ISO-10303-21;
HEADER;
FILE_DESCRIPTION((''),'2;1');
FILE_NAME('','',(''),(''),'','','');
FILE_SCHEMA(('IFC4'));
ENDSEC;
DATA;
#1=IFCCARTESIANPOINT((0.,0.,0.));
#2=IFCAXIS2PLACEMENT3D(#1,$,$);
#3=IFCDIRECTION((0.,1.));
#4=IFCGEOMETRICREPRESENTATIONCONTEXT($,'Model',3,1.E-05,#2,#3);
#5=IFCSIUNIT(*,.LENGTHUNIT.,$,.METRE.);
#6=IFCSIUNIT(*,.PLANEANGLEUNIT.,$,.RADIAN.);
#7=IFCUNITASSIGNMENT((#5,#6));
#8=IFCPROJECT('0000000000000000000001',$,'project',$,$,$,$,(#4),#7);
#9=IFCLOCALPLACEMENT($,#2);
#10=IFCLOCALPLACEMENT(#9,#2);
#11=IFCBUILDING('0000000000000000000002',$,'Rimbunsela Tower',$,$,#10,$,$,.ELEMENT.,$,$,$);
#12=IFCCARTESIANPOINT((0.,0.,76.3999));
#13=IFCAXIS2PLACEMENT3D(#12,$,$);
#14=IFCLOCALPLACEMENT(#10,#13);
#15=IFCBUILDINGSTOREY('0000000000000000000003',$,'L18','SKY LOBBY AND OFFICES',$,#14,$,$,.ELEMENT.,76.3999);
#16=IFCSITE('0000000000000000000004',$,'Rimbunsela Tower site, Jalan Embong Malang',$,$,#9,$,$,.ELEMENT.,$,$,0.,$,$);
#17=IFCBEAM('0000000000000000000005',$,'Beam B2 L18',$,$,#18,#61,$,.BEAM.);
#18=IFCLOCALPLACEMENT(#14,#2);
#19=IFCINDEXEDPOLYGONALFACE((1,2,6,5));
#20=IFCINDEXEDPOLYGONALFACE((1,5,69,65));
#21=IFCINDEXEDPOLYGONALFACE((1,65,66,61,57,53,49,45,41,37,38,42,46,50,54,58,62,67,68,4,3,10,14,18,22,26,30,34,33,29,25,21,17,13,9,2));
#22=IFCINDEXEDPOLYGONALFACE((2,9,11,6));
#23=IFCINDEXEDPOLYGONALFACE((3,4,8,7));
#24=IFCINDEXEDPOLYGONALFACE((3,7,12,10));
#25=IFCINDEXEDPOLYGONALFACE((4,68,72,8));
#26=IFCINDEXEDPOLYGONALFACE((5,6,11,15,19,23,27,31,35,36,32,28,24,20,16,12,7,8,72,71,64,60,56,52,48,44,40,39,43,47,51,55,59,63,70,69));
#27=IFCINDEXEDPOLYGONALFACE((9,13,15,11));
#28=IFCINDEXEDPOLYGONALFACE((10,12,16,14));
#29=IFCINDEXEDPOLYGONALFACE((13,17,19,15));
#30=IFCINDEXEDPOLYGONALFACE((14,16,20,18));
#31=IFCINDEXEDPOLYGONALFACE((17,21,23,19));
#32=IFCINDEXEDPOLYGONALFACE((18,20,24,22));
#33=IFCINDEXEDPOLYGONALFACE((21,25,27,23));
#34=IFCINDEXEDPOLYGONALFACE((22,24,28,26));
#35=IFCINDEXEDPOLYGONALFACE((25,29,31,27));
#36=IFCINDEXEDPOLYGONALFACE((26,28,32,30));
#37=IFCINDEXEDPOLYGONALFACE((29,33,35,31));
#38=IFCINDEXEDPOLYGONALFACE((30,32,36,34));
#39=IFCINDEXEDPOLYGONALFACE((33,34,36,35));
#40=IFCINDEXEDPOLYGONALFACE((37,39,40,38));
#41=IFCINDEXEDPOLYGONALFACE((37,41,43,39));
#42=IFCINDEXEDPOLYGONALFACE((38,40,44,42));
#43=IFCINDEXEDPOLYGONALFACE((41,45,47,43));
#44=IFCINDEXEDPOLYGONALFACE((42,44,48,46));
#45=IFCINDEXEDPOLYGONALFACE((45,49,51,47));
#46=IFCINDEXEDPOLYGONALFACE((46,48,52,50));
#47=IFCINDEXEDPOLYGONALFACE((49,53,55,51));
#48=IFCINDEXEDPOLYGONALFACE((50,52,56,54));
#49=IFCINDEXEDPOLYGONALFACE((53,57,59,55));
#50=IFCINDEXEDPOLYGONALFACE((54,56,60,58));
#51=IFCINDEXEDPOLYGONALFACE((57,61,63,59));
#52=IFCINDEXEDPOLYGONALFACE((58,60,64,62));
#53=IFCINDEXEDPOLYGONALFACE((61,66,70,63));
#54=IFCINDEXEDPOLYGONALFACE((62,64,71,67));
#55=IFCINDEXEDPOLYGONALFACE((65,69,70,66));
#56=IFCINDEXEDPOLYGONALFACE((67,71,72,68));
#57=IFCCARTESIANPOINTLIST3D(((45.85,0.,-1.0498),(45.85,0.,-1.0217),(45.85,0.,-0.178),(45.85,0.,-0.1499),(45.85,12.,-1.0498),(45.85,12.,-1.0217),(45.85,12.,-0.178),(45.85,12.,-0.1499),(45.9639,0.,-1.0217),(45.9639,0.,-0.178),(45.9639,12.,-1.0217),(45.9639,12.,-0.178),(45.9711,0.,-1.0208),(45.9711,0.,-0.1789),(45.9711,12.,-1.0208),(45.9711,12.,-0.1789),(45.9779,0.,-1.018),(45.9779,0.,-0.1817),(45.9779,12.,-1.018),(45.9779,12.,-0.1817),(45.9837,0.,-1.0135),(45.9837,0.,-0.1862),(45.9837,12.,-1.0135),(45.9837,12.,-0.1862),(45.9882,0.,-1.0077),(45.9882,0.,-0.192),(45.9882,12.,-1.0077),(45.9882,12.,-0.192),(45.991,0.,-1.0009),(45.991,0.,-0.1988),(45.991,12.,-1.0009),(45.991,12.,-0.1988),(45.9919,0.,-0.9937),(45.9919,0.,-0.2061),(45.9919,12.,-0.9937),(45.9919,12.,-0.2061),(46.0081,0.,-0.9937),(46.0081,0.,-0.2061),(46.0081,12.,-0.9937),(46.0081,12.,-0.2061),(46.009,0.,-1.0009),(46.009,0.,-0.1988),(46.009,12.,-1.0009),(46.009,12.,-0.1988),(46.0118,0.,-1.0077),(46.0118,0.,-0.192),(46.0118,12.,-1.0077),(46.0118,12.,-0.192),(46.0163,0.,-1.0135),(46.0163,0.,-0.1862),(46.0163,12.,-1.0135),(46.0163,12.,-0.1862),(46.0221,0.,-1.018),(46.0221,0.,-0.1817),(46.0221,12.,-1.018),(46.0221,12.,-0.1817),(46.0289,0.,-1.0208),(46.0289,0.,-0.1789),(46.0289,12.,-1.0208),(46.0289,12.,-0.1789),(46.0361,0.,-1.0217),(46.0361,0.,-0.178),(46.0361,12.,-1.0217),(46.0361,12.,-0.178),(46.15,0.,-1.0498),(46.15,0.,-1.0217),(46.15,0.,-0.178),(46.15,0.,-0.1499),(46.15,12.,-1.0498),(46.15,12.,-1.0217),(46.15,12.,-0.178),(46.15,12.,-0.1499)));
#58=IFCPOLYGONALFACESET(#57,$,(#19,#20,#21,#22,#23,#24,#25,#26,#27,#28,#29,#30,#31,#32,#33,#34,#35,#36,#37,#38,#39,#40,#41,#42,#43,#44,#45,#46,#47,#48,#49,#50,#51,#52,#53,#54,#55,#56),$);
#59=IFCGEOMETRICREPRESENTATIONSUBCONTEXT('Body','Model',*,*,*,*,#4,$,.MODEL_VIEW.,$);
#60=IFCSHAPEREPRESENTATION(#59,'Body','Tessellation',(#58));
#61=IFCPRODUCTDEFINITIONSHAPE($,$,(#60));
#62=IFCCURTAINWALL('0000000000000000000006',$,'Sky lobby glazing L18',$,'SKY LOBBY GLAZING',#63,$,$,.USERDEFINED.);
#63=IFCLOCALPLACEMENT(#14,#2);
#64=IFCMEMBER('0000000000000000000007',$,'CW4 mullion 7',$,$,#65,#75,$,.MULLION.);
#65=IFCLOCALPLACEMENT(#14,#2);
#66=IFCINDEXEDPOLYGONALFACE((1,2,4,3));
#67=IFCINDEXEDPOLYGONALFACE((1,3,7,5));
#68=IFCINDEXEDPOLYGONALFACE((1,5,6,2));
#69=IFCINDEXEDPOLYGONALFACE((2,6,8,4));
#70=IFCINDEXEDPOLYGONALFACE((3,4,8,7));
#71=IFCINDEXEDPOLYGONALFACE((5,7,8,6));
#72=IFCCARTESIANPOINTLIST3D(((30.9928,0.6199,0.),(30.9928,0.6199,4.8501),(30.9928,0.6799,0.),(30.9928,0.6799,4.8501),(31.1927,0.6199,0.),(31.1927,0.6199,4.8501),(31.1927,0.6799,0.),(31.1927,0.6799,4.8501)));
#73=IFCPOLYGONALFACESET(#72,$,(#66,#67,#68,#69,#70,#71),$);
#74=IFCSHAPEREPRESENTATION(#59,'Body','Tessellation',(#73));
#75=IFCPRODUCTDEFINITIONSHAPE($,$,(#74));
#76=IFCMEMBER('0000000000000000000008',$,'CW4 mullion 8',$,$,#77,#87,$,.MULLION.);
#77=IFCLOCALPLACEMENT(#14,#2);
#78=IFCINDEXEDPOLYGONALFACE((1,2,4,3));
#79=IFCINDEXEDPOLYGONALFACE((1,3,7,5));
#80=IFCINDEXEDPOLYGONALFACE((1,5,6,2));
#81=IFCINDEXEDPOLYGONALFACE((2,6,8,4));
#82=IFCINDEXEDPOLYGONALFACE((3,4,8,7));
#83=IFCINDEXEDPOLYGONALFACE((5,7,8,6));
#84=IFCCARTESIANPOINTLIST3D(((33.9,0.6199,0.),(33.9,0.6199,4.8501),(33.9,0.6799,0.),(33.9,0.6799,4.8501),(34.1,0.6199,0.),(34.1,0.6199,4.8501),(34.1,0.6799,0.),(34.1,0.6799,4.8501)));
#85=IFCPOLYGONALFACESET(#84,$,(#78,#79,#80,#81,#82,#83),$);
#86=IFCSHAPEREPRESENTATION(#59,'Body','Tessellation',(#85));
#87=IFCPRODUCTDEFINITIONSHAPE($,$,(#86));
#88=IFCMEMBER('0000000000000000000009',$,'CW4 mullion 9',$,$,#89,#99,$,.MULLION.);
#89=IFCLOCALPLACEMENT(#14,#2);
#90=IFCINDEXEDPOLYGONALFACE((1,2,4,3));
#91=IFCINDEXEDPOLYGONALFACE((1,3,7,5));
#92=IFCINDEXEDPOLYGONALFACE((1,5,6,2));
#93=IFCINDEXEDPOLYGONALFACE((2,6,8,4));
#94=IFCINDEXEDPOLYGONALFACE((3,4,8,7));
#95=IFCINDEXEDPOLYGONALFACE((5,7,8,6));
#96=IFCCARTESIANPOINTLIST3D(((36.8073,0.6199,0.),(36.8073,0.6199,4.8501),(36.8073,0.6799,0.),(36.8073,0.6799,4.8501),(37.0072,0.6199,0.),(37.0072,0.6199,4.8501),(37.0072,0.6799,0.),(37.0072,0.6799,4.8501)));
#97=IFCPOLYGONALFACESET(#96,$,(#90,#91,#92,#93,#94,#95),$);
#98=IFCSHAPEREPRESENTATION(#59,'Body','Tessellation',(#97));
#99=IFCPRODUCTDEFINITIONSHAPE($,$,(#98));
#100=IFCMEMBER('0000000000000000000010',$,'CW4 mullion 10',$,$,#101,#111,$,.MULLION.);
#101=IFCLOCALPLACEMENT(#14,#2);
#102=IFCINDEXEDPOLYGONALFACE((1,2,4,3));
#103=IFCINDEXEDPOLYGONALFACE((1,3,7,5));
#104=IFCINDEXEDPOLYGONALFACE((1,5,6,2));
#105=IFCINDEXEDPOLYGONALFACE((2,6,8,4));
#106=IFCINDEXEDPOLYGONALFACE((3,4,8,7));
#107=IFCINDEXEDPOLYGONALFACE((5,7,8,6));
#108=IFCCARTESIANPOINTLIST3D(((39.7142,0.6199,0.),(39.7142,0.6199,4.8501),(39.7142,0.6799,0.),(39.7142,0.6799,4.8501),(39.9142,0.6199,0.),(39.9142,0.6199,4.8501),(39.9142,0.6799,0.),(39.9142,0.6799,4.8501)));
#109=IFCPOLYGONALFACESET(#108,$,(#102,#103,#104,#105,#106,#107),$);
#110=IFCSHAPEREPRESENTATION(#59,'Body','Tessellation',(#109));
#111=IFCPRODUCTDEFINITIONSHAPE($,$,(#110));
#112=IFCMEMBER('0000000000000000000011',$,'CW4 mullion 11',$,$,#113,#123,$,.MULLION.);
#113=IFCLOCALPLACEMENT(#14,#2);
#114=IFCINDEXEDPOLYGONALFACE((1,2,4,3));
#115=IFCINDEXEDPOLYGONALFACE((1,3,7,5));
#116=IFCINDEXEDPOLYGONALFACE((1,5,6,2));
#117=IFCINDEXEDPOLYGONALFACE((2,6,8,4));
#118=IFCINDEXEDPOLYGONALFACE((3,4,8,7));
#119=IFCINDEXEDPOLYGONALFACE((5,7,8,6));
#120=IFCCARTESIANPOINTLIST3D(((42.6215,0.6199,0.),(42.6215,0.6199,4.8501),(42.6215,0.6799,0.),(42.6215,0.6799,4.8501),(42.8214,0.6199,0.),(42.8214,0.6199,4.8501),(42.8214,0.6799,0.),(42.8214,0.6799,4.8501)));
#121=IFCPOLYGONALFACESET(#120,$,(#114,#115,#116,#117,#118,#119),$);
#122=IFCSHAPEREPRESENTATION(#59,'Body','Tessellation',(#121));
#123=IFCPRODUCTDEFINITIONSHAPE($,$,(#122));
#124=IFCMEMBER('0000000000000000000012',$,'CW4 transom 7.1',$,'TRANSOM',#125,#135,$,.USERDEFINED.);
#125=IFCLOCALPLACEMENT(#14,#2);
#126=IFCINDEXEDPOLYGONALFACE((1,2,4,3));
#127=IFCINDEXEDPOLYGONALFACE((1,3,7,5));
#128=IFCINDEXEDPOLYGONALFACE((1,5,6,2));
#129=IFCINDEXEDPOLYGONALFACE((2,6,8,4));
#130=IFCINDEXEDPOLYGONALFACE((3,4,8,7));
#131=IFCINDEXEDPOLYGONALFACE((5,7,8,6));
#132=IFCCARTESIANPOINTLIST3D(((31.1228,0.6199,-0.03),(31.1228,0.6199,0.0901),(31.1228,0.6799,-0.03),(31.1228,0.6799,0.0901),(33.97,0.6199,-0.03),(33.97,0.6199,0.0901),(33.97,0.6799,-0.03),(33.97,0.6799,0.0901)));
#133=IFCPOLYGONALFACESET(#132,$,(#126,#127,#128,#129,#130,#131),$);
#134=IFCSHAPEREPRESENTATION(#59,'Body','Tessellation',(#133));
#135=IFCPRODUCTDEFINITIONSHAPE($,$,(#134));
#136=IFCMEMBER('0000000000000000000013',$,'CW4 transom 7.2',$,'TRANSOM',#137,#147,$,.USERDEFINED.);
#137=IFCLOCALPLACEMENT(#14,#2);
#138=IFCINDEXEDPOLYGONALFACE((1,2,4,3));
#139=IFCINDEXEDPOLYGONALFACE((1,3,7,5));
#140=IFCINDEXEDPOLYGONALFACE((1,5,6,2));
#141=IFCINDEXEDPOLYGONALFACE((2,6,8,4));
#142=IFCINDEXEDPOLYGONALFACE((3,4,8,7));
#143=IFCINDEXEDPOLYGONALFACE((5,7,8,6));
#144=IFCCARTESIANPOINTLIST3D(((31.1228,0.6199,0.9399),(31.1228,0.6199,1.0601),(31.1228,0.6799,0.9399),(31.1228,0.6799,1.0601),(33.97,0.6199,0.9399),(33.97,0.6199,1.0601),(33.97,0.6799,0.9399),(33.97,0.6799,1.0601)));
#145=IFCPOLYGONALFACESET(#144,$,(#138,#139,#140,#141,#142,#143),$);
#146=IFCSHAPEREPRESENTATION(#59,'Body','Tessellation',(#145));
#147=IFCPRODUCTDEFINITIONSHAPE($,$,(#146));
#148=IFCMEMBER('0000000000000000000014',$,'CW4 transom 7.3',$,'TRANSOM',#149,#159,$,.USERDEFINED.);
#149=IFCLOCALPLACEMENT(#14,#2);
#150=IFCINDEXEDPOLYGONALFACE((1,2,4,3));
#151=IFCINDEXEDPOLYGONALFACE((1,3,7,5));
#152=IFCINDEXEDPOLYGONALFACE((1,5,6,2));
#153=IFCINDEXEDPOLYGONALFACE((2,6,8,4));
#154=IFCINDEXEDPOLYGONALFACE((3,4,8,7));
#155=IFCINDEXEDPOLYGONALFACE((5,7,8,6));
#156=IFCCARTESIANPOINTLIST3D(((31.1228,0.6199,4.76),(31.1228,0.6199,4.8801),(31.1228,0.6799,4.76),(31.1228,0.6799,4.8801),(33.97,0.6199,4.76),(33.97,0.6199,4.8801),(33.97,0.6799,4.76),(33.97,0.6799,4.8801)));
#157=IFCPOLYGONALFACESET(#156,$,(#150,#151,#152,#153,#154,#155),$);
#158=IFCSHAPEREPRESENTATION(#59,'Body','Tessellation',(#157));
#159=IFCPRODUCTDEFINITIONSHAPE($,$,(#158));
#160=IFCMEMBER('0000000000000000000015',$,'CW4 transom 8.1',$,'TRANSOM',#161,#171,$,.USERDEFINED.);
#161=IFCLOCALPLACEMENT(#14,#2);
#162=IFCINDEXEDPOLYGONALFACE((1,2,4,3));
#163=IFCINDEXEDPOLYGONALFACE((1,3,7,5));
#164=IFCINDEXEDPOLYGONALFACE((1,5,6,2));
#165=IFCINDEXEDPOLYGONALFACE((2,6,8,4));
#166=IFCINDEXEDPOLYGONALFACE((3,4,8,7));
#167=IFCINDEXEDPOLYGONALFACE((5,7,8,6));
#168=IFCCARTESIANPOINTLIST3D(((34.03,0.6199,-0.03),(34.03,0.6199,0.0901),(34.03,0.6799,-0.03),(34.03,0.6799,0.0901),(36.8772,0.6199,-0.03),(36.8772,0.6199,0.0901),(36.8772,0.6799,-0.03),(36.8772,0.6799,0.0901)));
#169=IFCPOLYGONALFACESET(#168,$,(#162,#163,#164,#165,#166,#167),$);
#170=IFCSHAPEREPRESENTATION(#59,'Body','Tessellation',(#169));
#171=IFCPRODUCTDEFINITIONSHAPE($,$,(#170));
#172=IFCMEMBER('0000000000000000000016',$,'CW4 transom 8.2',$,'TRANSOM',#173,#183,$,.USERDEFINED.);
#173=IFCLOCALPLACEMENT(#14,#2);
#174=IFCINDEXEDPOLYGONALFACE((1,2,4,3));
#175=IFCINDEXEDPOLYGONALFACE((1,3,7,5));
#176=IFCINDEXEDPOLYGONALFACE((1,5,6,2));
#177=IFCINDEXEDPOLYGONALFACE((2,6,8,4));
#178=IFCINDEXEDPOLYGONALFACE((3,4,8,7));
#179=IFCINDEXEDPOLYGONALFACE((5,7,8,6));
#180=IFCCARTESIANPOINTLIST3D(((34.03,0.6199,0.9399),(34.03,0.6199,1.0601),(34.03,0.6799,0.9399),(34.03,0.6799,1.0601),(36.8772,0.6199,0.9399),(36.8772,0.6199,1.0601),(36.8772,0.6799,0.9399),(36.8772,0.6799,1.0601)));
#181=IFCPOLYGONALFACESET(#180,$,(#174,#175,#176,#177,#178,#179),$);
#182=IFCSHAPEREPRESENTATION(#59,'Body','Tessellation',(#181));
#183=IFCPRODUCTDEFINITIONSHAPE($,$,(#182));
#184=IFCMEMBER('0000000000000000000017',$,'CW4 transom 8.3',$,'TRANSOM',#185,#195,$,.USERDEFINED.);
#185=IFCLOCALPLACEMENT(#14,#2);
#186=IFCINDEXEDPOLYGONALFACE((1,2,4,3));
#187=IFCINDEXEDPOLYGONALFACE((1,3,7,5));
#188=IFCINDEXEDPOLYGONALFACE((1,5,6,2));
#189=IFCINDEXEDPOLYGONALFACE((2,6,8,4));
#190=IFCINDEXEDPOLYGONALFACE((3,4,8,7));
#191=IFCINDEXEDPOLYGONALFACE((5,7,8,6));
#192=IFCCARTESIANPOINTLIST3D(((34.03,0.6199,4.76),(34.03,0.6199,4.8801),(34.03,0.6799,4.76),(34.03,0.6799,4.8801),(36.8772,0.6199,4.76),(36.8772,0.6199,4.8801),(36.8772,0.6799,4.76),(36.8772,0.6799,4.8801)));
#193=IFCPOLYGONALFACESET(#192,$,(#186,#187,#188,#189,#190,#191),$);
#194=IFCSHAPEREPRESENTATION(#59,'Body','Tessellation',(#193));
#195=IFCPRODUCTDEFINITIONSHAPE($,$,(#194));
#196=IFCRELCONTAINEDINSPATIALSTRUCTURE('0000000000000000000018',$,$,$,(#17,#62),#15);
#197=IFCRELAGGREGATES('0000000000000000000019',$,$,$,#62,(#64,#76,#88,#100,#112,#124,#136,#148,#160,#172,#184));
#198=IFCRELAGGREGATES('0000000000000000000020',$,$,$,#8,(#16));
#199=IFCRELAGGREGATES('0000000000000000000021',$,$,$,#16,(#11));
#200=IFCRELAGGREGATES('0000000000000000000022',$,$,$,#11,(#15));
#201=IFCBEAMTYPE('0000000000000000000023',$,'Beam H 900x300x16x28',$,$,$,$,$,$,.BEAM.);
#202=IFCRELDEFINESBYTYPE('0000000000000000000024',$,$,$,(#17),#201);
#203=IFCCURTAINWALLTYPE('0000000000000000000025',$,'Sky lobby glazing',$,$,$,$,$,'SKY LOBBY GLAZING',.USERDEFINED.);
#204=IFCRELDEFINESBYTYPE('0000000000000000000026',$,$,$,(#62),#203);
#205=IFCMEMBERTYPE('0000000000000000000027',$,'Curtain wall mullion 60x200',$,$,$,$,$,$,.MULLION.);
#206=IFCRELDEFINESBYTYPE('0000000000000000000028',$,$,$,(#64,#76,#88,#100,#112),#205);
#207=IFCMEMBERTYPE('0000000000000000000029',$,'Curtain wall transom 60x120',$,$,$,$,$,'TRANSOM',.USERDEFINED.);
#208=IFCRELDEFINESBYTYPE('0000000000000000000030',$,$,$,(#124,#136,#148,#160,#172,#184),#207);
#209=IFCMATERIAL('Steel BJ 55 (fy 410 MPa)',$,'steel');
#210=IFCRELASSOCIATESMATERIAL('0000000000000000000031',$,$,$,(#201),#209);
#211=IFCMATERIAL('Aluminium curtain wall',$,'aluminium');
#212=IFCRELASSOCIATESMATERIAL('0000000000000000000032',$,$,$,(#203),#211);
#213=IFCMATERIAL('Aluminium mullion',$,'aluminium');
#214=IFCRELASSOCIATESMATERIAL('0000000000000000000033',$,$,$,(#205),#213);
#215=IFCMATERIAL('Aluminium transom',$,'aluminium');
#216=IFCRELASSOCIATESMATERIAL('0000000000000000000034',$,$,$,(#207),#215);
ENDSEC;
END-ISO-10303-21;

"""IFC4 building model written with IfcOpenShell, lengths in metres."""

from ifc_helpers import new_model, si_unit, direction, frame, origin, origin_2d, place, context, subcontext, project, spatial, rectangle, i_section, extrude, material, material_profile, profile_set, type_object, element, aggregate, save


model = new_model("IFC4")

# Units and contexts
model_context = context("Model", 3, precision=1e-05, world=origin(), true_north=direction((0.0, 1.0)))
body_context = subcontext(model_context, "Body", "Model", "MODEL_VIEW")
ifc_project = project(units=[si_unit("LENGTHUNIT", "METRE"), si_unit("PLANEANGLEUNIT", "RADIAN")], contexts=[model_context])

# Site, building, storey
site_placement = place(None, origin())
site = spatial("IfcSite", under=ifc_project, at=site_placement, Name="Rimbunsela Tower site, Jalan Embong Malang", CompositionType="ELEMENT", RefElevation=0.0)
building_placement = place(site_placement, origin())
building = spatial("IfcBuilding", under=site, at=building_placement, Name="Rimbunsela Tower", CompositionType="ELEMENT")
storey_placement = place(building_placement, frame((0.0, 0.0, 76.3999)))
storey = spatial("IfcBuildingStorey", under=building, at=storey_placement, Name="L18", Description="SKY LOBBY AND OFFICES", CompositionType="ELEMENT", Elevation=76.3999)

# Beam
ifc_material_1 = material(Name="Steel BJ 55 (fy 410 MPa)", Category="steel")
ifc_material_profile_1 = material_profile(ifc_material_1, i_section(OverallWidth=0.3, OverallDepth=0.8999, WebThickness=0.0161, FlangeThickness=0.0281, FilletRadius=0.0281, at=origin_2d()), Name="H 900x300x16x28")
ifc_profile_set_1 = profile_set([ifc_material_profile_1], Name="Steel BJ 55 (fy 410 MPa)")
beam_type_1 = type_object("IfcBeamType", Name="Beam H 900x300x16x28", PredefinedType="BEAM", material=ifc_profile_set_1)
beam_1_placement = place(storey_placement, frame((46.0, 0.0, -0.5999), z_axis=(0.0, 1.0, 0.0), x_axis=(-1.0, 0.0, 0.0)))
element("IfcBeam", 1, at=beam_1_placement, inside=storey, type_object=beam_type_1, Name="Beam B2 L18", PredefinedType="BEAM", context=body_context, shape_type="SweptSolid", body=[
    extrude(i_section(OverallWidth=0.3, OverallDepth=0.8999, WebThickness=0.0161, FlangeThickness=0.0281, FilletRadius=0.0281, at=origin_2d()), origin(), (0.0, 0.0, 1.0), 12.0),
])

# Curtain wall, members
ifc_material_2 = material(Name="Aluminium curtain wall", Category="aluminium")
curtain_wall_type = type_object("IfcCurtainWallType", Name="Sky lobby glazing", ElementType="SKY LOBBY GLAZING", PredefinedType="USERDEFINED", material=ifc_material_2)
curtain_wall_placement = place(storey_placement, origin())
curtain_wall = element("IfcCurtainWall", 2, at=curtain_wall_placement, inside=storey, type_object=curtain_wall_type, Name="Sky lobby glazing L18", ObjectType="SKY LOBBY GLAZING", PredefinedType="USERDEFINED")
ifc_material_3 = material(Name="Aluminium mullion", Category="aluminium")
ifc_material_profile_2 = material_profile(ifc_material_3, rectangle(XDim=0.0601, YDim=0.2, at=origin_2d()), Name="Mullion 60x200")
ifc_profile_set_2 = profile_set([ifc_material_profile_2], Name="Aluminium mullion")
member_type_1 = type_object("IfcMemberType", Name="Curtain wall mullion 60x200", PredefinedType="MULLION", material=ifc_profile_set_2)
member_1_placement = place(storey_placement, frame((31.0928, 0.6499, 0.0), z_axis=(0.0, 0.0, 1.0), x_axis=(0.0, 1.0, 0.0)))
member_1 = element("IfcMember", 3, at=member_1_placement, type_object=member_type_1, Name="CW4 mullion 7", PredefinedType="MULLION", context=body_context, shape_type="SweptSolid", body=[
    extrude(rectangle(XDim=0.0601, YDim=0.2, at=origin_2d()), origin(), (0.0, 0.0, 1.0), 4.8501),
])
member_2_placement = place(storey_placement, frame((34.0, 0.6499, 0.0), z_axis=(0.0, 0.0, 1.0), x_axis=(0.0, 1.0, 0.0)))
member_2 = element("IfcMember", 4, at=member_2_placement, type_object=member_type_1, Name="CW4 mullion 8", PredefinedType="MULLION", context=body_context, shape_type="SweptSolid", body=[
    extrude(rectangle(XDim=0.0601, YDim=0.2, at=origin_2d()), origin(), (0.0, 0.0, 1.0), 4.8501),
])
member_3_placement = place(storey_placement, frame((36.9072, 0.6499, 0.0), z_axis=(0.0, 0.0, 1.0), x_axis=(0.0, 1.0, 0.0)))
member_3 = element("IfcMember", 5, at=member_3_placement, type_object=member_type_1, Name="CW4 mullion 9", PredefinedType="MULLION", context=body_context, shape_type="SweptSolid", body=[
    extrude(rectangle(XDim=0.0601, YDim=0.2, at=origin_2d()), origin(), (0.0, 0.0, 1.0), 4.8501),
])
member_4_placement = place(storey_placement, frame((39.8142, 0.6499, 0.0), z_axis=(0.0, 0.0, 1.0), x_axis=(0.0, 1.0, 0.0)))
member_4 = element("IfcMember", 6, at=member_4_placement, type_object=member_type_1, Name="CW4 mullion 10", PredefinedType="MULLION", context=body_context, shape_type="SweptSolid", body=[
    extrude(rectangle(XDim=0.0601, YDim=0.2, at=origin_2d()), origin(), (0.0, 0.0, 1.0), 4.8501),
])
member_5_placement = place(storey_placement, frame((42.7214, 0.6499, 0.0), z_axis=(0.0, 0.0, 1.0), x_axis=(0.0, 1.0, 0.0)))
member_5 = element("IfcMember", 7, at=member_5_placement, type_object=member_type_1, Name="CW4 mullion 11", PredefinedType="MULLION", context=body_context, shape_type="SweptSolid", body=[
    extrude(rectangle(XDim=0.0601, YDim=0.2, at=origin_2d()), origin(), (0.0, 0.0, 1.0), 4.8501),
])
ifc_material_4 = material(Name="Aluminium transom", Category="aluminium")
ifc_material_profile_3 = material_profile(ifc_material_4, rectangle(XDim=0.0601, YDim=0.1201, at=origin_2d()), Name="Transom 60x120")
ifc_profile_set_3 = profile_set([ifc_material_profile_3], Name="Aluminium transom")
member_type_2 = type_object("IfcMemberType", Name="Curtain wall transom 60x120", ElementType="TRANSOM", PredefinedType="USERDEFINED", material=ifc_profile_set_3)
member_6_placement = place(storey_placement, frame((31.1228, 0.6499, 0.03), z_axis=(1.0, 0.0, 0.0), x_axis=(0.0, 1.0, 0.0)))
member_6 = element("IfcMember", 8, at=member_6_placement, type_object=member_type_2, Name="CW4 transom 7.1", ObjectType="TRANSOM", PredefinedType="USERDEFINED", context=body_context, shape_type="SweptSolid", body=[
    extrude(rectangle(XDim=0.0601, YDim=0.1201, at=origin_2d()), origin(), (0.0, 0.0, 1.0), 2.8472),
])
member_7_placement = place(storey_placement, frame((31.1228, 0.6499, 1.0), z_axis=(1.0, 0.0, 0.0), x_axis=(0.0, 1.0, 0.0)))
member_7 = element("IfcMember", 9, at=member_7_placement, type_object=member_type_2, Name="CW4 transom 7.2", ObjectType="TRANSOM", PredefinedType="USERDEFINED", context=body_context, shape_type="SweptSolid", body=[
    extrude(rectangle(XDim=0.0601, YDim=0.1201, at=origin_2d()), origin(), (0.0, 0.0, 1.0), 2.8472),
])
member_8_placement = place(storey_placement, frame((31.1228, 0.6499, 4.8201), z_axis=(1.0, 0.0, 0.0), x_axis=(0.0, 1.0, 0.0)))
member_8 = element("IfcMember", 10, at=member_8_placement, type_object=member_type_2, Name="CW4 transom 7.3", ObjectType="TRANSOM", PredefinedType="USERDEFINED", context=body_context, shape_type="SweptSolid", body=[
    extrude(rectangle(XDim=0.0601, YDim=0.1201, at=origin_2d()), origin(), (0.0, 0.0, 1.0), 2.8472),
])
member_9_placement = place(storey_placement, frame((34.03, 0.6499, 0.03), z_axis=(1.0, 0.0, 0.0), x_axis=(0.0, 1.0, 0.0)))
member_9 = element("IfcMember", 11, at=member_9_placement, type_object=member_type_2, Name="CW4 transom 8.1", ObjectType="TRANSOM", PredefinedType="USERDEFINED", context=body_context, shape_type="SweptSolid", body=[
    extrude(rectangle(XDim=0.0601, YDim=0.1201, at=origin_2d()), origin(), (0.0, 0.0, 1.0), 2.8472),
])
member_10_placement = place(storey_placement, frame((34.03, 0.6499, 1.0), z_axis=(1.0, 0.0, 0.0), x_axis=(0.0, 1.0, 0.0)))
member_10 = element("IfcMember", 12, at=member_10_placement, type_object=member_type_2, Name="CW4 transom 8.2", ObjectType="TRANSOM", PredefinedType="USERDEFINED", context=body_context, shape_type="SweptSolid", body=[
    extrude(rectangle(XDim=0.0601, YDim=0.1201, at=origin_2d()), origin(), (0.0, 0.0, 1.0), 2.8472),
])
member_11_placement = place(storey_placement, frame((34.03, 0.6499, 4.8201), z_axis=(1.0, 0.0, 0.0), x_axis=(0.0, 1.0, 0.0)))
member_11 = element("IfcMember", 13, at=member_11_placement, type_object=member_type_2, Name="CW4 transom 8.3", ObjectType="TRANSOM", PredefinedType="USERDEFINED", context=body_context, shape_type="SweptSolid", body=[
    extrude(rectangle(XDim=0.0601, YDim=0.1201, at=origin_2d()), origin(), (0.0, 0.0, 1.0), 2.8472),
])
aggregate(curtain_wall, [member_1, member_2, member_3, member_4, member_5, member_6, member_7, member_8, member_9, member_10, member_11])

save(model, "model.ifc")
